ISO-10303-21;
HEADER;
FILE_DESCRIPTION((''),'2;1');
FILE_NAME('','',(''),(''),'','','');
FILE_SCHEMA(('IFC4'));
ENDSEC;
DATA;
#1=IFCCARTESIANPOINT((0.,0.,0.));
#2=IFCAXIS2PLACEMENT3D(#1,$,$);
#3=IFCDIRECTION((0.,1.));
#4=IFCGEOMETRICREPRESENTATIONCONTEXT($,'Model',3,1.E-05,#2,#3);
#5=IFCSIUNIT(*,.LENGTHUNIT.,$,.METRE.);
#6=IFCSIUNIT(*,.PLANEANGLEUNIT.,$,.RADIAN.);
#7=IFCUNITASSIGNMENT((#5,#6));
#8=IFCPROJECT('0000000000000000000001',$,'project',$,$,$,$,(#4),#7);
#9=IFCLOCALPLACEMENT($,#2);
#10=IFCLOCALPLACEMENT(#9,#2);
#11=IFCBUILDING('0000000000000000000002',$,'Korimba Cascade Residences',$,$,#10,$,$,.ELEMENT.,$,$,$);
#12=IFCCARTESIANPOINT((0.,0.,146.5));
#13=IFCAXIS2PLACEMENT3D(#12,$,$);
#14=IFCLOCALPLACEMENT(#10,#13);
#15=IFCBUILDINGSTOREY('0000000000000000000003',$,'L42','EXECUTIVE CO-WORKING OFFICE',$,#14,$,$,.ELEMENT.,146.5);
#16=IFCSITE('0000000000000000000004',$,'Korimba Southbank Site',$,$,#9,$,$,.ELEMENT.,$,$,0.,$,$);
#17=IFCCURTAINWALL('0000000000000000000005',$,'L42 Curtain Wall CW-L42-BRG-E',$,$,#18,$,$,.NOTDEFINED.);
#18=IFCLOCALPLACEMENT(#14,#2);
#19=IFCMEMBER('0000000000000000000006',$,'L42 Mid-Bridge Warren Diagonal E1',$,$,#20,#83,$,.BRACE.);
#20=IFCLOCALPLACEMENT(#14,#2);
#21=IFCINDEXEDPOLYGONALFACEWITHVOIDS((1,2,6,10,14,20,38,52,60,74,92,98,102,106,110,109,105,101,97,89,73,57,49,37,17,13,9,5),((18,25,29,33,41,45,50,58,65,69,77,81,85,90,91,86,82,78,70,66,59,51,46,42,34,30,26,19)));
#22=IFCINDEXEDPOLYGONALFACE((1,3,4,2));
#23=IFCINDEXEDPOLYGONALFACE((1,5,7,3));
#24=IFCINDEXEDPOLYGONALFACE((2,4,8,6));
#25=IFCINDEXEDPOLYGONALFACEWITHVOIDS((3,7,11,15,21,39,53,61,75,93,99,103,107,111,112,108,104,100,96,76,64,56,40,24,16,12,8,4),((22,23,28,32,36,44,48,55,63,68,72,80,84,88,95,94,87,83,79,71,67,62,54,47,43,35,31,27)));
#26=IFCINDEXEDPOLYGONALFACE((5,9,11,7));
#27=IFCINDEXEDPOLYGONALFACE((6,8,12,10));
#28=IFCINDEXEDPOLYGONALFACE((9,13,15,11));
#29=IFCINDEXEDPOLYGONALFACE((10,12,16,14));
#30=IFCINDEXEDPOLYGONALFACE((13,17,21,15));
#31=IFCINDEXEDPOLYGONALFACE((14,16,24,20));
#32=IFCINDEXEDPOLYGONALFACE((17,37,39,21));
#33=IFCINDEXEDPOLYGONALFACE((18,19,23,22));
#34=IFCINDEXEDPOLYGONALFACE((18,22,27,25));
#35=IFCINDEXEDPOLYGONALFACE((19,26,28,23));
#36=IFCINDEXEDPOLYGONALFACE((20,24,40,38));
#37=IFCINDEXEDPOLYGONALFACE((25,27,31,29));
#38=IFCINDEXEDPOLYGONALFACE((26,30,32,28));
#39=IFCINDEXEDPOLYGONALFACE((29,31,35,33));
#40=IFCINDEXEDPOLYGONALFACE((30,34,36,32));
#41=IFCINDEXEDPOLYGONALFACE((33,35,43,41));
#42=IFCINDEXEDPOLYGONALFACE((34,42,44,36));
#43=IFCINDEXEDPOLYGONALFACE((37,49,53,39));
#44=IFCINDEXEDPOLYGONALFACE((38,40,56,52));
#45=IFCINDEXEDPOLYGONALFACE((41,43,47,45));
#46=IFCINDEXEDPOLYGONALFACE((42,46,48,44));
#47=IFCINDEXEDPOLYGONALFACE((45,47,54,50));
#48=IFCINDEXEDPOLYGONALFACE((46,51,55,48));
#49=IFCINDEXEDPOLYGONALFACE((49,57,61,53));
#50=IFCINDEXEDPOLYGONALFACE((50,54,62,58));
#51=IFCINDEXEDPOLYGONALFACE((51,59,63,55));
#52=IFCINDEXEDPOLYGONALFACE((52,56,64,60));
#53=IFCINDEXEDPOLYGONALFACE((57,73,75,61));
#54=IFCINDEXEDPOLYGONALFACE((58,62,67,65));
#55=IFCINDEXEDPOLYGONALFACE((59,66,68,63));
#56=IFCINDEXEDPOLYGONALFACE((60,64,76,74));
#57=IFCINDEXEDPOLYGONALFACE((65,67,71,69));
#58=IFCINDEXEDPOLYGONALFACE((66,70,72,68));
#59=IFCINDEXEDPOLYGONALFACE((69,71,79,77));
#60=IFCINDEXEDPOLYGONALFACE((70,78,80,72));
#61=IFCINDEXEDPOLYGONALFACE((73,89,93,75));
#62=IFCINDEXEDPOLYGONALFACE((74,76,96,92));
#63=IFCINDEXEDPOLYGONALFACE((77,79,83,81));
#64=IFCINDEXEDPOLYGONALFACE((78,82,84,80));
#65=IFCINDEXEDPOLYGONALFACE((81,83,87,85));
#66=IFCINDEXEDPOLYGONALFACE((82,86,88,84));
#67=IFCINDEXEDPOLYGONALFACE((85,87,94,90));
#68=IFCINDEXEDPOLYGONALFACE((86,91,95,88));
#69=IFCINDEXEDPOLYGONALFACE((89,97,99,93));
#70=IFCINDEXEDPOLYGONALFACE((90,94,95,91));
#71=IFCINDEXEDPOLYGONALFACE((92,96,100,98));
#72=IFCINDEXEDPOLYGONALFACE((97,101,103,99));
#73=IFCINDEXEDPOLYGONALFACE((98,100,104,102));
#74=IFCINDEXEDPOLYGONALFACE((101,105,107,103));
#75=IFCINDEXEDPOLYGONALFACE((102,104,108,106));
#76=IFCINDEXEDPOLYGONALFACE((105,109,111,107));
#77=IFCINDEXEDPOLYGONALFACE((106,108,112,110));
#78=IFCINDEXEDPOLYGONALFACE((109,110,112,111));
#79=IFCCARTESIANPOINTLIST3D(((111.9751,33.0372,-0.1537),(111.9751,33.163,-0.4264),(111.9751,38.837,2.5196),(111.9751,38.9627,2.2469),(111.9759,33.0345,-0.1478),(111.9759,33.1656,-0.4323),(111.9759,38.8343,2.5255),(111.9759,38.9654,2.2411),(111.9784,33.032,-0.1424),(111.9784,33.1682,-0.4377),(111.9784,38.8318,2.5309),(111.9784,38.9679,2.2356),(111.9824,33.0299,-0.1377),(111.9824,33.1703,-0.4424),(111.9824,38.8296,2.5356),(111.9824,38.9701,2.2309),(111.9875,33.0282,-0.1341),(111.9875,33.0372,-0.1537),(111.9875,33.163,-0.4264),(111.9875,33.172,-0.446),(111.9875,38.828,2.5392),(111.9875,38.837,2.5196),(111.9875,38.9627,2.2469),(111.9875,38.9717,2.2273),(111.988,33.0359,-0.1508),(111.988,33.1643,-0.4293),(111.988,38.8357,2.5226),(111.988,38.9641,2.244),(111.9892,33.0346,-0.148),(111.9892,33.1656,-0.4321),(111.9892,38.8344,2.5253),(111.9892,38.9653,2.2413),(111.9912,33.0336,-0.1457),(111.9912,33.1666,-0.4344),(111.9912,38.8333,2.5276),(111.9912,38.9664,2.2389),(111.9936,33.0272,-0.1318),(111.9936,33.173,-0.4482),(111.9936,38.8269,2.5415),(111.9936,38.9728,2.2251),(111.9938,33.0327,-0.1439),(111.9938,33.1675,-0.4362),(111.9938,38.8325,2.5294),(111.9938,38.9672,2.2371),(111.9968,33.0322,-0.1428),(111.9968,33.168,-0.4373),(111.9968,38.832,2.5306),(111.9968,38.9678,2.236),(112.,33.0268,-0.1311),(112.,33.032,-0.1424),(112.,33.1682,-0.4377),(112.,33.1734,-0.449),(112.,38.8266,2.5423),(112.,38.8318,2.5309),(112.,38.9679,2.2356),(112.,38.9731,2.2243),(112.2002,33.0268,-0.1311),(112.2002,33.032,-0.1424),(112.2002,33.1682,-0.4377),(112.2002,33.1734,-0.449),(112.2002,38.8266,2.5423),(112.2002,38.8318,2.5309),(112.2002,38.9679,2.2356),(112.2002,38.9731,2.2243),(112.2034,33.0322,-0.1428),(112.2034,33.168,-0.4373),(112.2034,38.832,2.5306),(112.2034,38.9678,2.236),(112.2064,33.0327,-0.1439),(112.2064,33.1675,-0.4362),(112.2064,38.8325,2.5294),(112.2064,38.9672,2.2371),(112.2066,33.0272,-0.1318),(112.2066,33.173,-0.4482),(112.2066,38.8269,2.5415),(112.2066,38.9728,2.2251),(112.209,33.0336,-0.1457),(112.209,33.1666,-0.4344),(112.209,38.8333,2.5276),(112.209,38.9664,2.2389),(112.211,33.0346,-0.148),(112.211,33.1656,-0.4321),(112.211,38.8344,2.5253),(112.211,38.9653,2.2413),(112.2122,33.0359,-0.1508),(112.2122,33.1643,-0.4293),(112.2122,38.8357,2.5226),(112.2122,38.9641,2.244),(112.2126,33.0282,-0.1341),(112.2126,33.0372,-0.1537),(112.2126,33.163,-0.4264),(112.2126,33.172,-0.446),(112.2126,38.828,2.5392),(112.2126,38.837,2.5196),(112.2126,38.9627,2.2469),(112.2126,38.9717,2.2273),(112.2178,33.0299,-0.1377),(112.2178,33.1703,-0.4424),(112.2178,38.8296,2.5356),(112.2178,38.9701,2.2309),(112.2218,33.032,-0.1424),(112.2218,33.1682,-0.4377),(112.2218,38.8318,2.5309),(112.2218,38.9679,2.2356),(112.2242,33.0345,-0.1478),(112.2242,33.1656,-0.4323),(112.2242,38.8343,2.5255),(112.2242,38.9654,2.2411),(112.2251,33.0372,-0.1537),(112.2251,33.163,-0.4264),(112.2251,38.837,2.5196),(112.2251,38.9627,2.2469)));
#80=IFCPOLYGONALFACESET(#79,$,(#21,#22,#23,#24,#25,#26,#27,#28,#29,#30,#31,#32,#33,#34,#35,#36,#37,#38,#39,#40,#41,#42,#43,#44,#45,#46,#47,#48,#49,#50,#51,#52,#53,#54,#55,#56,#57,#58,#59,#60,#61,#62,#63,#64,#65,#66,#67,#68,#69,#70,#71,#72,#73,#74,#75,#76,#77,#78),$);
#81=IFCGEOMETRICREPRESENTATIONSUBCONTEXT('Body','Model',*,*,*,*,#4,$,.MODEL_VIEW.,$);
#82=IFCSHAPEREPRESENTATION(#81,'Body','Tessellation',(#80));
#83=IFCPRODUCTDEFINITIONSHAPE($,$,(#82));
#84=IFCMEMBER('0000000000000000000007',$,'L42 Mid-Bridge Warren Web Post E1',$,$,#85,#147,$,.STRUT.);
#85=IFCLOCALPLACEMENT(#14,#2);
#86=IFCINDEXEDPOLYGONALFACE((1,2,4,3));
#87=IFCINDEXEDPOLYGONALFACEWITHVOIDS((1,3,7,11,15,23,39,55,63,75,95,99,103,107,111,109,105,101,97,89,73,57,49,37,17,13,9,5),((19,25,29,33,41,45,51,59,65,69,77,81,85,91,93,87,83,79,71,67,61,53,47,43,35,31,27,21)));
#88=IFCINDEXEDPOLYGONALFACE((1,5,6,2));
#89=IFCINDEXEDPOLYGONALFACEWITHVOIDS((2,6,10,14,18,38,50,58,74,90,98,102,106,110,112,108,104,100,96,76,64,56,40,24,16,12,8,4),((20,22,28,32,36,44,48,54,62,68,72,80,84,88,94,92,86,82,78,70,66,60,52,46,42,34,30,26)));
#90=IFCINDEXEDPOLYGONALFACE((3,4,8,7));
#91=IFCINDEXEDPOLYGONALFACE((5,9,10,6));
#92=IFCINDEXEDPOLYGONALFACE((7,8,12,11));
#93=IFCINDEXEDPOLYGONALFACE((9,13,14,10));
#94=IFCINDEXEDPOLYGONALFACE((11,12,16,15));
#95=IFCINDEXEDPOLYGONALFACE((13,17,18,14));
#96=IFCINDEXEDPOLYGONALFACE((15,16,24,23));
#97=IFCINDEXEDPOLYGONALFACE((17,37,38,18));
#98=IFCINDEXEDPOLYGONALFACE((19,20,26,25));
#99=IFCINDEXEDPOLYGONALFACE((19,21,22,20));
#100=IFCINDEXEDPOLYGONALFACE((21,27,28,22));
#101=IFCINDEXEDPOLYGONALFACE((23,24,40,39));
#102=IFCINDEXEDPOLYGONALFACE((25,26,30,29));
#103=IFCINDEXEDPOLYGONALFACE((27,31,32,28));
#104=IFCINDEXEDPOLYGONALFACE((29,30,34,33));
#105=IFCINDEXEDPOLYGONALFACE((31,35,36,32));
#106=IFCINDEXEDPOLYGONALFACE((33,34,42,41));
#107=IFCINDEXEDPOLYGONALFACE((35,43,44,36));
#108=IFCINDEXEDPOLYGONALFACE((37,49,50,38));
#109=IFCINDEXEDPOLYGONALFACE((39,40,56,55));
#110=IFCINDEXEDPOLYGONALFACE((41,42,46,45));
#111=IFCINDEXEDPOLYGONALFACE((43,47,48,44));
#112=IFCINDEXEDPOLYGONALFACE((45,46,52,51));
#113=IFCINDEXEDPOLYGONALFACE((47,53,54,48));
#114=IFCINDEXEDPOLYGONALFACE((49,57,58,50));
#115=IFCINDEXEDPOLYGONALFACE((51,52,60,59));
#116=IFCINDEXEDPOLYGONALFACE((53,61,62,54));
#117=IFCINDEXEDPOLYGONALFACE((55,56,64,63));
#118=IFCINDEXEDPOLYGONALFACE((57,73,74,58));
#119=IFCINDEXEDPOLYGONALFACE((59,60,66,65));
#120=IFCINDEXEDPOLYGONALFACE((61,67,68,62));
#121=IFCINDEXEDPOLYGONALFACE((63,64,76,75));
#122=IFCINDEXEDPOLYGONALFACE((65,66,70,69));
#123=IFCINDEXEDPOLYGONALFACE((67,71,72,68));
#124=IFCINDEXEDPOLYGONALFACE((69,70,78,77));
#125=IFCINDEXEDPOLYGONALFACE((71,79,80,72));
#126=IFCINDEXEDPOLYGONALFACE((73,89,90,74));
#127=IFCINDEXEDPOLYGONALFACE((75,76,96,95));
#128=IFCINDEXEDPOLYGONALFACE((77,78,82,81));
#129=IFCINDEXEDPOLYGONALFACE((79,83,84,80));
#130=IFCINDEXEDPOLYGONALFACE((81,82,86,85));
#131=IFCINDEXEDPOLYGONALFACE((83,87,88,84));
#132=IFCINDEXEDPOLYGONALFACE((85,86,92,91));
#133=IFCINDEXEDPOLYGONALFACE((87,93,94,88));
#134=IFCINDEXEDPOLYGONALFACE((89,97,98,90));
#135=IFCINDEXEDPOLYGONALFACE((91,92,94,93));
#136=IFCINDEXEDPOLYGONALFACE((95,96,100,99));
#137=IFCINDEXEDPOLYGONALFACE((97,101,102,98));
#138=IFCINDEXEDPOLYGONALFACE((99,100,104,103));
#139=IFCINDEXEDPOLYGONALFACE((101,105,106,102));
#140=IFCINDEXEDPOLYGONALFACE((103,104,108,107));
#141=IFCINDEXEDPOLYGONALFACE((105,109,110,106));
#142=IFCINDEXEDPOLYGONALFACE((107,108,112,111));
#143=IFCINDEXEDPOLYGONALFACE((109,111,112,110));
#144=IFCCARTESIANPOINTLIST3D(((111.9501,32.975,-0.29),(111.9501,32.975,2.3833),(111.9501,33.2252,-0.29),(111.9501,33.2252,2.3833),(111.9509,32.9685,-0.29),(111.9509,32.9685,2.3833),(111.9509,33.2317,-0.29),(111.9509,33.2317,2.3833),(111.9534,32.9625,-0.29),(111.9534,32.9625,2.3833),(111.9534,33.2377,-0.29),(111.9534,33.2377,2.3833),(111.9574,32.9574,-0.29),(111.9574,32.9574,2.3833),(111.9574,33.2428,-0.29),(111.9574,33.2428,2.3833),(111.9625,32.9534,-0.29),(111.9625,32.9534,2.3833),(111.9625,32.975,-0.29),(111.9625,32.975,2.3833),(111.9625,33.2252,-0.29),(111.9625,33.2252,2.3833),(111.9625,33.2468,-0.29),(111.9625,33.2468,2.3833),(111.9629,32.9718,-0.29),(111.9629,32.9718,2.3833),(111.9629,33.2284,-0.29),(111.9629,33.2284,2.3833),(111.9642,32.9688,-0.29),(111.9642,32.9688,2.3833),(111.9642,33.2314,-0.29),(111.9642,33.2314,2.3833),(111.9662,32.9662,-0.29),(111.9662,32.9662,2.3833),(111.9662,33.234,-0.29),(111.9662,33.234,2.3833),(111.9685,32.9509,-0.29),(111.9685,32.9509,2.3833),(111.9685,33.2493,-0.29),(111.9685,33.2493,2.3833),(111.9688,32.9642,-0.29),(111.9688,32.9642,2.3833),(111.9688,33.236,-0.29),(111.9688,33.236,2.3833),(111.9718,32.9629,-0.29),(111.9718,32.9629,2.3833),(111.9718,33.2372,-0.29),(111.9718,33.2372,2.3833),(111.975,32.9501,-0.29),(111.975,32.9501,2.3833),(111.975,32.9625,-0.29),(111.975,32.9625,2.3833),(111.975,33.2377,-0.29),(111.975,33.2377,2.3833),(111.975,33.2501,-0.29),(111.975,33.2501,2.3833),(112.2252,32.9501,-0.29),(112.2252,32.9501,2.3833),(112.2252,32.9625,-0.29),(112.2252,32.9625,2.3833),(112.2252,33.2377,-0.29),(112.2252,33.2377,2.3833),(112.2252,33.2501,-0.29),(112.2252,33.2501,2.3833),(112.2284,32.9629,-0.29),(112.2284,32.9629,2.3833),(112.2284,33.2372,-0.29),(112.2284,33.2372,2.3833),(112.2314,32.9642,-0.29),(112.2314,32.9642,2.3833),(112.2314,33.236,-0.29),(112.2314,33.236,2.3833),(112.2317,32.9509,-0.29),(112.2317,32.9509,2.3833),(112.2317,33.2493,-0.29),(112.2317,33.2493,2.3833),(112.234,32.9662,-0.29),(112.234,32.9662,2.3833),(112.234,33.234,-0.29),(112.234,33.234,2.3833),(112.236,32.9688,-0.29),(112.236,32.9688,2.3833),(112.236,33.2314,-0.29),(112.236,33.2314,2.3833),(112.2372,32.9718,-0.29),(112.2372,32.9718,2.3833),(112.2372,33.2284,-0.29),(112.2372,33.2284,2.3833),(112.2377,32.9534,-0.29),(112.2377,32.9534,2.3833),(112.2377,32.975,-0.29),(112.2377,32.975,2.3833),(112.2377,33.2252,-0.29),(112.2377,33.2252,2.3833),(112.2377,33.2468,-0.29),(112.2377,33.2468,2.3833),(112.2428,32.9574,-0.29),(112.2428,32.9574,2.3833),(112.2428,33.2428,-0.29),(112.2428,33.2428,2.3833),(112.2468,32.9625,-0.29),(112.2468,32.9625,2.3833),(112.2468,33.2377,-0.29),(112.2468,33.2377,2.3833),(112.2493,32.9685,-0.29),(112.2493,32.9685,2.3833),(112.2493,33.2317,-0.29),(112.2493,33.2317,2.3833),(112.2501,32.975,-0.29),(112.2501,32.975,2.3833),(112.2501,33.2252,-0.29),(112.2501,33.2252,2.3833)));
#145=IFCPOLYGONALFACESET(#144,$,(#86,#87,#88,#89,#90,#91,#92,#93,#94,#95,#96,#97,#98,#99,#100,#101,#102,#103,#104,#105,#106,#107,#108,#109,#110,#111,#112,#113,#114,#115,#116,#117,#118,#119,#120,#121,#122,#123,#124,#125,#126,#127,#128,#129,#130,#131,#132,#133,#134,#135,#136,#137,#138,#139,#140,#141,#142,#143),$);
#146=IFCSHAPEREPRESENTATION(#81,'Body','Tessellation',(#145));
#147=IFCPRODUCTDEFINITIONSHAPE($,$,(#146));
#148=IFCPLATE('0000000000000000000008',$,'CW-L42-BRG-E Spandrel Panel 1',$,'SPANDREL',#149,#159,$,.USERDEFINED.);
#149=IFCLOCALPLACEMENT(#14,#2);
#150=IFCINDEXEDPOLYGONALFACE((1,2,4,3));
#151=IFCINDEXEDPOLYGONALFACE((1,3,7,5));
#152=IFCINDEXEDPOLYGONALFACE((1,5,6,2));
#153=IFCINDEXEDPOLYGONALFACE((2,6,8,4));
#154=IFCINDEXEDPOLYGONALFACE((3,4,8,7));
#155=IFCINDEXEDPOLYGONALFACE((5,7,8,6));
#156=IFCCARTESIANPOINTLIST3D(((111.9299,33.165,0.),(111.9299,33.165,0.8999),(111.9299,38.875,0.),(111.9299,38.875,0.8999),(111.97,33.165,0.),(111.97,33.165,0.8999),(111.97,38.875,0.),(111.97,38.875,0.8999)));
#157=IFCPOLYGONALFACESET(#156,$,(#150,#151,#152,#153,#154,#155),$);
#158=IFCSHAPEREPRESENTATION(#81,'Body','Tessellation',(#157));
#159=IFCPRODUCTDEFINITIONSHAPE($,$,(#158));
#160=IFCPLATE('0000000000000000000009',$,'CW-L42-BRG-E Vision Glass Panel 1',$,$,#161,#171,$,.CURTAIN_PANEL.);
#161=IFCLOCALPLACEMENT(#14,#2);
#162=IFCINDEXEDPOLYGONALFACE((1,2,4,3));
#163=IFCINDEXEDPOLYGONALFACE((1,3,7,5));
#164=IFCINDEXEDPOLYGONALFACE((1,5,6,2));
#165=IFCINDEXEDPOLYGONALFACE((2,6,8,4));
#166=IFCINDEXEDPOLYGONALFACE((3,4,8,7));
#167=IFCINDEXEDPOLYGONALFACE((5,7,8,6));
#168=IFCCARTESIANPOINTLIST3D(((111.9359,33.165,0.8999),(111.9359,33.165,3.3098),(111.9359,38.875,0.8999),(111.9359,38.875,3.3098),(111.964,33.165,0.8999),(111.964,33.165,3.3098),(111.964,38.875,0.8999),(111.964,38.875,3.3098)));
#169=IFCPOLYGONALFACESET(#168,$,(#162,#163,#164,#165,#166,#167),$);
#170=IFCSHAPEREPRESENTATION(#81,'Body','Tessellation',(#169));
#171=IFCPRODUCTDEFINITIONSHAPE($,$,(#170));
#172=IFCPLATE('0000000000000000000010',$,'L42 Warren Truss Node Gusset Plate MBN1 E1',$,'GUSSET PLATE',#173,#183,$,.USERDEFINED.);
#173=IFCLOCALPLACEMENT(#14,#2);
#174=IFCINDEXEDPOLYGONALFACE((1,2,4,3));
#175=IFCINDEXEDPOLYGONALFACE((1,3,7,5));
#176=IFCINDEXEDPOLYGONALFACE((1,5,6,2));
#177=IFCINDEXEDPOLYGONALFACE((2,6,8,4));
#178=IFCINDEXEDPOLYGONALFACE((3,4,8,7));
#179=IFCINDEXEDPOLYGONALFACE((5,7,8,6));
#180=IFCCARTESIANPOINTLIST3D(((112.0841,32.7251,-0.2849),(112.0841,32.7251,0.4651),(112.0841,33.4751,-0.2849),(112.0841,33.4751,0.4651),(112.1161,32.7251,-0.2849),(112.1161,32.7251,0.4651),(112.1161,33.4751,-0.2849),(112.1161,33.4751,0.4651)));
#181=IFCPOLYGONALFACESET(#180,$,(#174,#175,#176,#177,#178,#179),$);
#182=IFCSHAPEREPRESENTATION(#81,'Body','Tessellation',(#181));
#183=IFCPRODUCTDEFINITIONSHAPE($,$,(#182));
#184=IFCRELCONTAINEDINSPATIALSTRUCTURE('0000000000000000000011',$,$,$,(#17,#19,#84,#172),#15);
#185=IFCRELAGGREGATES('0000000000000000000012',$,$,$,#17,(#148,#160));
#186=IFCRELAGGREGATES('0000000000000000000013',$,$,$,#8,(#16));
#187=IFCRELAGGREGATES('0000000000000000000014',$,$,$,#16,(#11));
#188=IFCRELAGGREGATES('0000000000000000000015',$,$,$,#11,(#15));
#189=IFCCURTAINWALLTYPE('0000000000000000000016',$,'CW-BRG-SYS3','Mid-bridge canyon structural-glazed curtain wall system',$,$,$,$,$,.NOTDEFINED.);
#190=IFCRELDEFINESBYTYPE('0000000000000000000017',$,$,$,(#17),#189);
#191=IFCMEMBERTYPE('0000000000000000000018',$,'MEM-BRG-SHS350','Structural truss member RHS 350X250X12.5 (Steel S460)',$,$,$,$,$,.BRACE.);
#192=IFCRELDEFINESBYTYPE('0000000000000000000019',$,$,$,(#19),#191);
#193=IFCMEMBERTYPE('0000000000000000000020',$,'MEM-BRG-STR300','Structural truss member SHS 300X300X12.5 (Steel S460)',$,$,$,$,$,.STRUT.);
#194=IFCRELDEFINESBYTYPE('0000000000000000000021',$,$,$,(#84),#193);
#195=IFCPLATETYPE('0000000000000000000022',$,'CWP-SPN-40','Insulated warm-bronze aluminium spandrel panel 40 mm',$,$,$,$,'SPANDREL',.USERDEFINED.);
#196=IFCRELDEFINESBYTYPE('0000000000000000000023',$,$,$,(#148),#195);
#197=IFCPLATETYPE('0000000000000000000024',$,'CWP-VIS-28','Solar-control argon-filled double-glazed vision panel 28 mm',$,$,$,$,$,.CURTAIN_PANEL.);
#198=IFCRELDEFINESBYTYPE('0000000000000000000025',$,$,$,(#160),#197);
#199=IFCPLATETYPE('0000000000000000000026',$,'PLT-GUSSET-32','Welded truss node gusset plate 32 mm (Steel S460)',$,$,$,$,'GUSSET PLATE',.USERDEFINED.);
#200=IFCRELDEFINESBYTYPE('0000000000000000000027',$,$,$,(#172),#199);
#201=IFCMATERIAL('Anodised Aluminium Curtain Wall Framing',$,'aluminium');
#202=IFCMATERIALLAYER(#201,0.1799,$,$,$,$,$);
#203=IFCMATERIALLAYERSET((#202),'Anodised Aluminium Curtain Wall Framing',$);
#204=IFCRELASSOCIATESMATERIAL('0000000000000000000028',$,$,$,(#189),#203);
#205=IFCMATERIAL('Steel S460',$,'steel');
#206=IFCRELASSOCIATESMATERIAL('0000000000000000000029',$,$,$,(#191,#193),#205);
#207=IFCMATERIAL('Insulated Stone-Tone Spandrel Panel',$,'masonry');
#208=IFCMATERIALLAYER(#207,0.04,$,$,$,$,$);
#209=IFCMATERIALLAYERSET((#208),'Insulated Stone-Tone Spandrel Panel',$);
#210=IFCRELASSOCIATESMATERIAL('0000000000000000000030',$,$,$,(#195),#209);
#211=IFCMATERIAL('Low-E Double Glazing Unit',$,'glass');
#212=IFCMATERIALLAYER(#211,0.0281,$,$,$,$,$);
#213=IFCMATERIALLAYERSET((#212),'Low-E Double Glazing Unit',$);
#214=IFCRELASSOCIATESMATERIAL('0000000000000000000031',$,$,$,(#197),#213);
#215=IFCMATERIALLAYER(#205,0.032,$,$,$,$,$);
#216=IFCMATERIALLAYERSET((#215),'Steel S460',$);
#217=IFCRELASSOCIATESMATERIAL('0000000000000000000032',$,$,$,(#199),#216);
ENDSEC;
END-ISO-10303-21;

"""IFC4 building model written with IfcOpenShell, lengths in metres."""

from ifc_helpers import new_model, si_unit, direction, frame, origin, origin_2d, place, context, subcontext, project, spatial, rectangle, hollow_rectangle, extrude, material, layer, layer_set, material_profile, profile_set, type_object, element, aggregate, save


model = new_model("IFC4")

# Units and contexts
model_context = context("Model", 3, precision=1e-05, world=origin(), true_north=direction((0.0, 1.0)))
body_context = subcontext(model_context, "Body", "Model", "MODEL_VIEW")
ifc_project = project(units=[si_unit("LENGTHUNIT", "METRE"), si_unit("PLANEANGLEUNIT", "RADIAN")], contexts=[model_context])

# Site, building, storey
site_placement = place(None, origin())
site = spatial("IfcSite", under=ifc_project, at=site_placement, Name="Korimba Southbank Site", CompositionType="ELEMENT", RefElevation=0.0)
building_placement = place(site_placement, origin())
building = spatial("IfcBuilding", under=site, at=building_placement, Name="Korimba Cascade Residences", CompositionType="ELEMENT")
storey_placement = place(building_placement, frame((0.0, 0.0, 146.5)))
storey = spatial("IfcBuildingStorey", under=building, at=storey_placement, Name="L42", Description="EXECUTIVE CO-WORKING OFFICE", CompositionType="ELEMENT", Elevation=146.5)

# Shared definitions
ifc_material_1 = material(Name="Steel S460", Category="steel")

# Curtain wall
ifc_material_2 = material(Name="Anodised Aluminium Curtain Wall Framing", Category="aluminium")
ifc_layer_1 = layer(ifc_material_2, 0.1799)
ifc_layer_set_1 = layer_set([ifc_layer_1], Name="Anodised Aluminium Curtain Wall Framing")
curtain_wall_type = type_object("IfcCurtainWallType", Name="CW-BRG-SYS3", Description="Mid-bridge canyon structural-glazed curtain wall system", PredefinedType="NOTDEFINED", material=ifc_layer_set_1)
curtain_wall_placement = place(storey_placement, origin())
curtain_wall = element("IfcCurtainWall", 1, at=curtain_wall_placement, inside=storey, type_object=curtain_wall_type, Name="L42 Curtain Wall CW-L42-BRG-E", PredefinedType="NOTDEFINED")

# Members
ifc_material_profile_1 = material_profile(ifc_material_1, hollow_rectangle(XDim=0.25, YDim=0.3501, WallThickness=0.0125, InnerFilletRadius=0.0125, OuterFilletRadius=0.0249, at=origin_2d()), Name="Steel S460")
ifc_profile_set_1 = profile_set([ifc_material_profile_1], Name="Steel S460")
member_type_1 = type_object("IfcMemberType", Name="MEM-BRG-SHS350", Description="Structural truss member RHS 350X250X12.5 (Steel S460)", PredefinedType="BRACE", material=ifc_profile_set_1)
member_1_placement = place(storey_placement, frame((112.1001, 33.1001, -0.29), z_axis=(0.0, 0.908167, 0.418607), x_axis=(-1.0, 0.0, 0.0)))
element("IfcMember", 2, at=member_1_placement, inside=storey, type_object=member_type_1, Name="L42 Mid-Bridge Warren Diagonal E1", PredefinedType="BRACE", context=body_context, shape_type="SweptSolid", body=[
    extrude(hollow_rectangle(XDim=0.25, YDim=0.3501, WallThickness=0.0125, InnerFilletRadius=0.0125, OuterFilletRadius=0.0249, at=origin_2d()), origin(), (0.0, 0.0, 1.0), 6.3862),
])
ifc_material_profile_2 = material_profile(ifc_material_1, hollow_rectangle(XDim=0.3, YDim=0.3, WallThickness=0.0125, InnerFilletRadius=0.0125, OuterFilletRadius=0.0249, at=origin_2d()), Name="Steel S460")
ifc_profile_set_2 = profile_set([ifc_material_profile_2], Name="Steel S460")
member_type_2 = type_object("IfcMemberType", Name="MEM-BRG-STR300", Description="Structural truss member SHS 300X300X12.5 (Steel S460)", PredefinedType="STRUT", material=ifc_profile_set_2)
member_2_placement = place(storey_placement, frame((112.1001, 33.1001, -0.29), z_axis=(0.0, 0.0, 1.0), x_axis=(1.0, 0.0, 0.0)))
element("IfcMember", 3, at=member_2_placement, inside=storey, type_object=member_type_2, Name="L42 Mid-Bridge Warren Web Post E1", PredefinedType="STRUT", context=body_context, shape_type="SweptSolid", body=[
    extrude(hollow_rectangle(XDim=0.3, YDim=0.3, WallThickness=0.0125, InnerFilletRadius=0.0125, OuterFilletRadius=0.0249, at=origin_2d()), origin(), (0.0, 0.0, 1.0), 2.6733),
])

# Plates
ifc_material_3 = material(Name="Insulated Stone-Tone Spandrel Panel", Category="masonry")
ifc_layer_2 = layer(ifc_material_3, 0.04)
ifc_layer_set_2 = layer_set([ifc_layer_2], Name="Insulated Stone-Tone Spandrel Panel")
plate_type_1 = type_object("IfcPlateType", Name="CWP-SPN-40", Description="Insulated warm-bronze aluminium spandrel panel 40 mm", ElementType="SPANDREL", PredefinedType="USERDEFINED", material=ifc_layer_set_2)
plate_1_placement = place(storey_placement, frame((111.95, 36.02, 0.0), z_axis=(0.0, 0.0, 1.0), x_axis=(0.0, 1.0, 0.0)))
plate_1 = element("IfcPlate", 4, at=plate_1_placement, type_object=plate_type_1, Name="CW-L42-BRG-E Spandrel Panel 1", ObjectType="SPANDREL", PredefinedType="USERDEFINED", context=body_context, shape_type="SweptSolid", body=[
    extrude(rectangle(XDim=5.71, YDim=0.04, at=origin_2d()), origin(), (0.0, 0.0, 1.0), 0.8999),
])
ifc_material_4 = material(Name="Low-E Double Glazing Unit", Category="glass")
ifc_layer_3 = layer(ifc_material_4, 0.0281)
ifc_layer_set_3 = layer_set([ifc_layer_3], Name="Low-E Double Glazing Unit")
plate_type_2 = type_object("IfcPlateType", Name="CWP-VIS-28", Description="Solar-control argon-filled double-glazed vision panel 28 mm", PredefinedType="CURTAIN_PANEL", material=ifc_layer_set_3)
plate_2_placement = place(storey_placement, frame((111.95, 36.02, 0.8999), z_axis=(0.0, 0.0, 1.0), x_axis=(0.0, 1.0, 0.0)))
plate_2 = element("IfcPlate", 5, at=plate_2_placement, type_object=plate_type_2, Name="CW-L42-BRG-E Vision Glass Panel 1", PredefinedType="CURTAIN_PANEL", context=body_context, shape_type="SweptSolid", body=[
    extrude(rectangle(XDim=5.71, YDim=0.0281, at=origin_2d()), origin(), (0.0, 0.0, 1.0), 2.4099),
])
aggregate(curtain_wall, [plate_1, plate_2])
ifc_layer_4 = layer(ifc_material_1, 0.032)
ifc_layer_set_4 = layer_set([ifc_layer_4], Name="Steel S460")
plate_type_3 = type_object("IfcPlateType", Name="PLT-GUSSET-32", Description="Welded truss node gusset plate 32 mm (Steel S460)", ElementType="GUSSET PLATE", PredefinedType="USERDEFINED", material=ifc_layer_set_4)
plate_3_placement = place(storey_placement, frame((112.1001, 33.1001, -0.2849), z_axis=(0.0, 0.0, 1.0), x_axis=(1.0, 0.0, 0.0)))
element("IfcPlate", 6, at=plate_3_placement, inside=storey, type_object=plate_type_3, Name="L42 Warren Truss Node Gusset Plate MBN1 E1", ObjectType="GUSSET PLATE", PredefinedType="USERDEFINED", context=body_context, shape_type="SweptSolid", body=[
    extrude(rectangle(XDim=0.032, YDim=0.75, at=origin_2d()), origin(), (0.0, 0.0, 1.0), 0.75),
])

save(model, "model.ifc")
